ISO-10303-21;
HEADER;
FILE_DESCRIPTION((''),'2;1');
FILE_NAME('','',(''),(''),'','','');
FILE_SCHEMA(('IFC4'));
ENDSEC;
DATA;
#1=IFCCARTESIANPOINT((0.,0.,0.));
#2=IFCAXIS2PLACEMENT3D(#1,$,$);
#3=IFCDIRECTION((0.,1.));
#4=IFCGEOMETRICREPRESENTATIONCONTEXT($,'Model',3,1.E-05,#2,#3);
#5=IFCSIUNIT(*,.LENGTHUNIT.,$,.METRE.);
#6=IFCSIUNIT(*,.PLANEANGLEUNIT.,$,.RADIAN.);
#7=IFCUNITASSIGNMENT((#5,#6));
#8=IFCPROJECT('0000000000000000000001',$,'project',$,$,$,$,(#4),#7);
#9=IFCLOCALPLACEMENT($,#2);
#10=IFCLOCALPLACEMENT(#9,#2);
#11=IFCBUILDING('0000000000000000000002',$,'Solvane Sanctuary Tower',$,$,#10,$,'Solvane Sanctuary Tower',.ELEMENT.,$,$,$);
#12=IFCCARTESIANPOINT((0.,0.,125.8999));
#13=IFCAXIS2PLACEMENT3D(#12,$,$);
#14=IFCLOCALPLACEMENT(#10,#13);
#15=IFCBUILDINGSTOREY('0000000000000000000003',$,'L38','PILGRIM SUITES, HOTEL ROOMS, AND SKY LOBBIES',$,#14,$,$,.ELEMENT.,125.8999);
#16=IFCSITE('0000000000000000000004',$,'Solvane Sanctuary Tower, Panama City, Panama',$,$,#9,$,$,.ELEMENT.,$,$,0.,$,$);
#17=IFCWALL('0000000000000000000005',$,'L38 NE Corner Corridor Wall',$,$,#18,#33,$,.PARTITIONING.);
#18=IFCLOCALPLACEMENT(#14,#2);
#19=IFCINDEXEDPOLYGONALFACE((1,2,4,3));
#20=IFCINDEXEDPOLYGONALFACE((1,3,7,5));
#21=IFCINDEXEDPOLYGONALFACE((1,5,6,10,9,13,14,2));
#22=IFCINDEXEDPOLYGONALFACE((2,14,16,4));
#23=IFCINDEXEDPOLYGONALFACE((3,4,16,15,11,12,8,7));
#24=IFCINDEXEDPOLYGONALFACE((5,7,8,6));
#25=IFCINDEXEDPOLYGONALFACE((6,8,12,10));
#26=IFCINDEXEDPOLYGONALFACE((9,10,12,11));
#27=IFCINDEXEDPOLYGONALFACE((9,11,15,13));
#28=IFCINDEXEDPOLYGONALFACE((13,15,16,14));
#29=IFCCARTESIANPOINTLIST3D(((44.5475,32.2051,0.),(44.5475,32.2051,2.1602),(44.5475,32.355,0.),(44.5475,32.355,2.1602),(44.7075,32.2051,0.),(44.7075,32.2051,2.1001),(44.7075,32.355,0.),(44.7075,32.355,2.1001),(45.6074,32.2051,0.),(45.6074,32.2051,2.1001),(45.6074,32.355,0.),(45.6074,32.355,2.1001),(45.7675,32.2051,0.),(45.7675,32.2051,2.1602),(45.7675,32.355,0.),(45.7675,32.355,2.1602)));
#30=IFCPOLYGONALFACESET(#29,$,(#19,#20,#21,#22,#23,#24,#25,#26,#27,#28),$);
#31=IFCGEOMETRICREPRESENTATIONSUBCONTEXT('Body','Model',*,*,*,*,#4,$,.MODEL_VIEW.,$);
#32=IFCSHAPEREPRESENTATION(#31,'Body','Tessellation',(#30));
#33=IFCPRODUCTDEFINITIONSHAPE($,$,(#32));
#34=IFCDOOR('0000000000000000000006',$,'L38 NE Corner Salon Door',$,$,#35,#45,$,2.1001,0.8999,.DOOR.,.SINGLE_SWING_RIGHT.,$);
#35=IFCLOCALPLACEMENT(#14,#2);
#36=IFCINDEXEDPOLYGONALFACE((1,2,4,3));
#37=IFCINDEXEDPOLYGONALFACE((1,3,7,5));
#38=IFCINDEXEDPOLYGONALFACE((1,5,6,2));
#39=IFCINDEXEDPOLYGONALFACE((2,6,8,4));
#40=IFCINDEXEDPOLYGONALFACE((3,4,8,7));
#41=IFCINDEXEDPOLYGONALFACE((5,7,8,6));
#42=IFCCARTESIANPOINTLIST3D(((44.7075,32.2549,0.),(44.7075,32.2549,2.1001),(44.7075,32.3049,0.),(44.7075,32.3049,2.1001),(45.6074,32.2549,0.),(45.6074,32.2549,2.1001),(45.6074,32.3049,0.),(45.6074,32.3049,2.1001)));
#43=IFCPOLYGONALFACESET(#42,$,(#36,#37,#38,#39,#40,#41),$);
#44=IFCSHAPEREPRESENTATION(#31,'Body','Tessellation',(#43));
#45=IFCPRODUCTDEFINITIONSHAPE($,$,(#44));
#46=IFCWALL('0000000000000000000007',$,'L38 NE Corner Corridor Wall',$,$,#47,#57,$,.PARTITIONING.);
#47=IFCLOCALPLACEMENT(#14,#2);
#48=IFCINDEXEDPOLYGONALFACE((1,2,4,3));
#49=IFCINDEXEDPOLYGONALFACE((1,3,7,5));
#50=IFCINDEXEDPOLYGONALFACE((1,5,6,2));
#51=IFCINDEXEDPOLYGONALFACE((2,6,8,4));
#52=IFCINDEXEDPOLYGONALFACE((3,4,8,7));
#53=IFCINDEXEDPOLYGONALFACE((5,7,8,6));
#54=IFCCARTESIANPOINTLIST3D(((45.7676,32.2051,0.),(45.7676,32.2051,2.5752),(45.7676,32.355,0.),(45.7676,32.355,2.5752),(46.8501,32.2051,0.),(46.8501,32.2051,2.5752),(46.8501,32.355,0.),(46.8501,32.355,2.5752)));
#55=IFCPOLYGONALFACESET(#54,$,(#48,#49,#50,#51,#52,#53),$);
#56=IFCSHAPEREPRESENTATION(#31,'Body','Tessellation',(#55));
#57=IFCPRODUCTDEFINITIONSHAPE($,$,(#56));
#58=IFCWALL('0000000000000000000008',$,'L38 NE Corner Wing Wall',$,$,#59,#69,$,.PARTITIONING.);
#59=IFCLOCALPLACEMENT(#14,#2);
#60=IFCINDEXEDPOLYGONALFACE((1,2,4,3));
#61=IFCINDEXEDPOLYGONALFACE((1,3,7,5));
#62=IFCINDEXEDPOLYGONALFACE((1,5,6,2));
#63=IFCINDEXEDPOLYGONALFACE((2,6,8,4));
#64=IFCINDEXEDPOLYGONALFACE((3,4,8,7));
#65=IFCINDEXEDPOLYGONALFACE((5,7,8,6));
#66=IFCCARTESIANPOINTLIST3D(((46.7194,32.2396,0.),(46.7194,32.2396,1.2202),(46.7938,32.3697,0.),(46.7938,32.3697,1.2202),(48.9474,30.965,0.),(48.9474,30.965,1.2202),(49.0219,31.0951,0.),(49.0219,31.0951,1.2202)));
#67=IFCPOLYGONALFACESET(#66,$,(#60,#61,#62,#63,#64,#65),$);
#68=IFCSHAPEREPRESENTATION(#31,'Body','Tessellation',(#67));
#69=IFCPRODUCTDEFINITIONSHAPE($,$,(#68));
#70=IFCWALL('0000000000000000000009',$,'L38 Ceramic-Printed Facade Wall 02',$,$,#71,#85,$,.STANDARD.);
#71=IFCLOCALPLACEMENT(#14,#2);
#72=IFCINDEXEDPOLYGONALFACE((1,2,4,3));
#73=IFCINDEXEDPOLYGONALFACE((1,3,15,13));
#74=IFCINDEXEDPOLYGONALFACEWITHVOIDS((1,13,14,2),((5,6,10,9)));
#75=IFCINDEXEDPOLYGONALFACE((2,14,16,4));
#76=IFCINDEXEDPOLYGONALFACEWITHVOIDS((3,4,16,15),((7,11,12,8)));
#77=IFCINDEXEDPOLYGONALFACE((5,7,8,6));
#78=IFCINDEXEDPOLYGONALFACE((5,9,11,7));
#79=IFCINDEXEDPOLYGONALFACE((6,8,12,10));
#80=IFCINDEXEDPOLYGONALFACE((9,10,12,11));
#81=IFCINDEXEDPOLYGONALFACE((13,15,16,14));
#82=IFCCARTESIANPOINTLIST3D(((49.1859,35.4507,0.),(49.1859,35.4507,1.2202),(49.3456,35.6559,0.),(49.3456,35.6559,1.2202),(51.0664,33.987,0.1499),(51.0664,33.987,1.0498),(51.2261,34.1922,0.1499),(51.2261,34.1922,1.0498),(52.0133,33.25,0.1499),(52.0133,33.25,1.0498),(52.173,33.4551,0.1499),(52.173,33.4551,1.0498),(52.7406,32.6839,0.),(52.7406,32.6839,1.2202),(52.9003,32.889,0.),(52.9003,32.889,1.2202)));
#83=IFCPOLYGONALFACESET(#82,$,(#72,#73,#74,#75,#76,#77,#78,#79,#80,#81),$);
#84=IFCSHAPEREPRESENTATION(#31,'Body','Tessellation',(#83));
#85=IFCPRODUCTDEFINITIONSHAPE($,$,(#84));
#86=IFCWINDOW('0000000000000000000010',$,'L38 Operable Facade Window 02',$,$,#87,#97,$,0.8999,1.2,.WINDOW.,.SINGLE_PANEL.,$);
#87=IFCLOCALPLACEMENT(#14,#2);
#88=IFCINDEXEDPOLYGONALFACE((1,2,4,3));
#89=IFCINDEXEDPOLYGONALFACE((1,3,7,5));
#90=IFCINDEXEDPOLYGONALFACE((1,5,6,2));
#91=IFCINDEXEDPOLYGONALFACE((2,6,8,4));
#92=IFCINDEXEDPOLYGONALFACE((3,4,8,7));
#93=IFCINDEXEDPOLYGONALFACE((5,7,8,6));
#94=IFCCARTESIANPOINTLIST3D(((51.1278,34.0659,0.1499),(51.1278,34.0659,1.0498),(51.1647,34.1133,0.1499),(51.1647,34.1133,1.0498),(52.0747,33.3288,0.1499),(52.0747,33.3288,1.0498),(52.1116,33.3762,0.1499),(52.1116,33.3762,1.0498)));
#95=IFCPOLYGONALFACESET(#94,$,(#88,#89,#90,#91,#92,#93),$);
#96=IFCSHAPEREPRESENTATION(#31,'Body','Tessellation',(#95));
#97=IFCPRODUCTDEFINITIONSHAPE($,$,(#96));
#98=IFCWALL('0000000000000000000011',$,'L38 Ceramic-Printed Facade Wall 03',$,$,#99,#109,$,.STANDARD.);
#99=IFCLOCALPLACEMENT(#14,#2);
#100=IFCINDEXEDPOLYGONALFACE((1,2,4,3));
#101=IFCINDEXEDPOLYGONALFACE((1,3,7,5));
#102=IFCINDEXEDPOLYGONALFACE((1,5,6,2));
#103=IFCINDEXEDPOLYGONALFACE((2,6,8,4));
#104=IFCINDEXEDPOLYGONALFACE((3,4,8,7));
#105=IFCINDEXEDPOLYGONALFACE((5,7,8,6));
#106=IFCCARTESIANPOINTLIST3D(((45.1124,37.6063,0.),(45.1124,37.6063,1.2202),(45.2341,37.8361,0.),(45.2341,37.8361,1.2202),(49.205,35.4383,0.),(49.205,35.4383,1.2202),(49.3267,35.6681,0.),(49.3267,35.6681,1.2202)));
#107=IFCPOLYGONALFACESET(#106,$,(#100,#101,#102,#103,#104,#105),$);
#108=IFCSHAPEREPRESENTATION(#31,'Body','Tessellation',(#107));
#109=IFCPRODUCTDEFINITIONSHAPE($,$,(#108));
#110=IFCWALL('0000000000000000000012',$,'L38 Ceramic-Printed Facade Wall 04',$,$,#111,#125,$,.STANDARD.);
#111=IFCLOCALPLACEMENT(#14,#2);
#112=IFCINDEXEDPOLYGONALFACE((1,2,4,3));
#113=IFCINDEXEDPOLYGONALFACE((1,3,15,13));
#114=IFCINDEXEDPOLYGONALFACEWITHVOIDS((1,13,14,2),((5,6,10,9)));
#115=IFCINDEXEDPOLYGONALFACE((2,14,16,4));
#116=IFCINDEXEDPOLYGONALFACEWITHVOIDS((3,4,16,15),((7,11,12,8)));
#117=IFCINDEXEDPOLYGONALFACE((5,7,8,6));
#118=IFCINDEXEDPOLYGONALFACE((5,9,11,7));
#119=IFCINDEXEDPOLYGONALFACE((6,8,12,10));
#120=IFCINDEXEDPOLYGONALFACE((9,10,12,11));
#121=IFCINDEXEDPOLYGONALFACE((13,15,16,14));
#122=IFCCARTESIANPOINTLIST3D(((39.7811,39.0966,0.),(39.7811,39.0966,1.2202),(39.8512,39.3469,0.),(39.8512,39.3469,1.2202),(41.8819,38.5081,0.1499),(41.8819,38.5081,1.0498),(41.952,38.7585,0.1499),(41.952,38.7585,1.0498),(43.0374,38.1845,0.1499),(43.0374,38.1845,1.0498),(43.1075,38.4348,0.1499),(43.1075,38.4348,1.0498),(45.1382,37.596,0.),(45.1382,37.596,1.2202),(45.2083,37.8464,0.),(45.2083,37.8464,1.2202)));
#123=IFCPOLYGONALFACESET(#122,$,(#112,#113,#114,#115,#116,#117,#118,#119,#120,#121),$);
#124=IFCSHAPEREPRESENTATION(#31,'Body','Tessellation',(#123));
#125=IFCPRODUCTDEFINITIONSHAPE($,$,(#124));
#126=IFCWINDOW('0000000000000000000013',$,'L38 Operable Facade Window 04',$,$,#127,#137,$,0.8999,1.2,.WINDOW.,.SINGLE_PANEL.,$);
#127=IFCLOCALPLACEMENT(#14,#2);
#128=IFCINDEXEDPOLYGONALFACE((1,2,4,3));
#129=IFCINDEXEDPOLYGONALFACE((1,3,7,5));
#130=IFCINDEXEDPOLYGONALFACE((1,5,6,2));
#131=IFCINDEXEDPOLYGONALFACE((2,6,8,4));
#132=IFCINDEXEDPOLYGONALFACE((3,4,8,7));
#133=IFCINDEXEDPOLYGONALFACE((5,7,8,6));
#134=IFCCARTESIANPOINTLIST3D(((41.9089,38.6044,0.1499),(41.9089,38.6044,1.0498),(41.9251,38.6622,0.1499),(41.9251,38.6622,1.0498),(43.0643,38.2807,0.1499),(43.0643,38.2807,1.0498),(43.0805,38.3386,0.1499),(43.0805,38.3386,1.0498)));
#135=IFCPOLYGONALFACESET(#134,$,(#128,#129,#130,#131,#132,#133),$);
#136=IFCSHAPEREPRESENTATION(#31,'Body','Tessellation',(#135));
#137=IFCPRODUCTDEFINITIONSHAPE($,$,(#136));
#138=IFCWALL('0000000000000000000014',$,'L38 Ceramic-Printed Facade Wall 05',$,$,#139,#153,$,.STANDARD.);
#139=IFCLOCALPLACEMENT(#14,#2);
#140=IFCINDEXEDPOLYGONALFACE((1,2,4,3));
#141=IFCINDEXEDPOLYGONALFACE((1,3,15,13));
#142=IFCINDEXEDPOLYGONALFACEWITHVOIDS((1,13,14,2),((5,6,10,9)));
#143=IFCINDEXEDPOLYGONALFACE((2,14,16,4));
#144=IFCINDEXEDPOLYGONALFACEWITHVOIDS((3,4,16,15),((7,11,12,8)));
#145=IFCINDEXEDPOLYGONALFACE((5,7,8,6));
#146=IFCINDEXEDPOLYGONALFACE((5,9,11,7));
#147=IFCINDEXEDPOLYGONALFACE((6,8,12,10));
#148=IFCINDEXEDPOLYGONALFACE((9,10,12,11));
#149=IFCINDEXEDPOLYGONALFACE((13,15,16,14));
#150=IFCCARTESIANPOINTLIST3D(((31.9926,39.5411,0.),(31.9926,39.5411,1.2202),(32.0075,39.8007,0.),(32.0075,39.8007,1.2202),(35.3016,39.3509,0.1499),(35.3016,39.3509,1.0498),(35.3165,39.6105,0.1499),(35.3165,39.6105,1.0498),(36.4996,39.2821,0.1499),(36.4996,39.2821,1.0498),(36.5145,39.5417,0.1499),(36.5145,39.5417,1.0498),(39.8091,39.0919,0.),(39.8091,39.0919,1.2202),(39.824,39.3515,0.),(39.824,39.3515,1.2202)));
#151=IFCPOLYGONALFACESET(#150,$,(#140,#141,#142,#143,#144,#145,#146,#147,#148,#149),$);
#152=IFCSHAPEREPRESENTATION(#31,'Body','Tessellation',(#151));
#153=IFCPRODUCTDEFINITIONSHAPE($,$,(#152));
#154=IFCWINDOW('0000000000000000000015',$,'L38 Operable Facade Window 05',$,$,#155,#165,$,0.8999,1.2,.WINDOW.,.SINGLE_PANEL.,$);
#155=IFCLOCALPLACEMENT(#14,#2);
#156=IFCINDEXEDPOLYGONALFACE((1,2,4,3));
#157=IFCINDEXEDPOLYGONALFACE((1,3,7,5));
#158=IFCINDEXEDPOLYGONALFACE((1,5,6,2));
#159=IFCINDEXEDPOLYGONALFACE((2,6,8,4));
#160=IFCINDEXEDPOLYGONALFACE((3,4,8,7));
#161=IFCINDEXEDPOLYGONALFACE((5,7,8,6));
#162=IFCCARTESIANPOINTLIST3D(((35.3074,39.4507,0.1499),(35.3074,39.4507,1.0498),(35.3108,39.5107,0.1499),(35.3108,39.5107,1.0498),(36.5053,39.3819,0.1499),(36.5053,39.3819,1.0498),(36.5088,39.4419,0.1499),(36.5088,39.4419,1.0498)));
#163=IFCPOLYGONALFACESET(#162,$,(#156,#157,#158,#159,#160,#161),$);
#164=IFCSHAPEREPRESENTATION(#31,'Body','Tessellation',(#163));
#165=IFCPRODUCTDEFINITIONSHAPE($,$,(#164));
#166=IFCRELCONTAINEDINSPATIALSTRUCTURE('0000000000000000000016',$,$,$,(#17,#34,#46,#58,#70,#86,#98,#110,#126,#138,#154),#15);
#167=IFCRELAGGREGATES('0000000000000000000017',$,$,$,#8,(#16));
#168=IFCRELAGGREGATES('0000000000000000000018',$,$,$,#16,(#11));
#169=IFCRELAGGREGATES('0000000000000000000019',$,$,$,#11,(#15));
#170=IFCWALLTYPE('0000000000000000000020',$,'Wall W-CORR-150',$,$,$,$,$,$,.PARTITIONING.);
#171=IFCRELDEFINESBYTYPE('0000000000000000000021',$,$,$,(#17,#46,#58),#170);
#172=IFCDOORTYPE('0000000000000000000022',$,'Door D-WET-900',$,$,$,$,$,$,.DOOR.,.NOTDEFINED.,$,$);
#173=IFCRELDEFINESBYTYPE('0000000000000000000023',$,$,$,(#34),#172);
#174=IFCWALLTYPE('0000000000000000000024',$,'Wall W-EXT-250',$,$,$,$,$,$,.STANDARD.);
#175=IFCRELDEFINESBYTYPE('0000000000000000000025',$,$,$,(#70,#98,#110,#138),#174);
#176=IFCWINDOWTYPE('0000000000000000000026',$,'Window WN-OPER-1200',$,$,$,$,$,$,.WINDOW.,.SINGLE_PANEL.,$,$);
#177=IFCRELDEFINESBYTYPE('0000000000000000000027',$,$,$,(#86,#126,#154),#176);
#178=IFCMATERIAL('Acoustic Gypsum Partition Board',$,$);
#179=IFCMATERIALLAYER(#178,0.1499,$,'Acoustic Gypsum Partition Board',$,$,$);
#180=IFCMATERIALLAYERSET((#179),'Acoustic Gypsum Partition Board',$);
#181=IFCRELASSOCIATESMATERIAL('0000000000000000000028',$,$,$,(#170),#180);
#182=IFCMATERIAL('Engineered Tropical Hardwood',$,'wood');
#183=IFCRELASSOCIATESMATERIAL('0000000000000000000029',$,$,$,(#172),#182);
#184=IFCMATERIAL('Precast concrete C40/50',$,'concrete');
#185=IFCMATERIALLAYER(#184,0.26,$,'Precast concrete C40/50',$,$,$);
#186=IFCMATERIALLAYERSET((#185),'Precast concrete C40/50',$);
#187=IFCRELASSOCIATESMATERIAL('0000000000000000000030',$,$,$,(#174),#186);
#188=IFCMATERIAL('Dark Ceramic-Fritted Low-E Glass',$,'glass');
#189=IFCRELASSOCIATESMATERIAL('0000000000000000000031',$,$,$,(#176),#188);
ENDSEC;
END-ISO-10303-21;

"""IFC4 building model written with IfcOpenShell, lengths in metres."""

from ifc_helpers import new_model, si_unit, direction, frame, frame_2d, origin, place, context, subcontext, project, spatial, rectangle, extrude, material, layer, layer_set, type_object, element, fill, save


model = new_model("IFC4")

# Units and contexts
model_context = context("Model", 3, precision=1e-05, world=origin(), true_north=direction((0.0, 1.0)))
body_context = subcontext(model_context, "Body", "Model", "MODEL_VIEW")
ifc_project = project(units=[si_unit("LENGTHUNIT", "METRE"), si_unit("PLANEANGLEUNIT", "RADIAN")], contexts=[model_context])

# Site, building, storey
site_placement = place(None, origin())
site = spatial("IfcSite", under=ifc_project, at=site_placement, Name="Solvane Sanctuary Tower, Panama City, Panama", CompositionType="ELEMENT", RefElevation=0.0)
building_placement = place(site_placement, origin())
building = spatial("IfcBuilding", under=site, at=building_placement, Name="Solvane Sanctuary Tower", LongName="Solvane Sanctuary Tower", CompositionType="ELEMENT")
storey_placement = place(building_placement, frame((0.0, 0.0, 125.8999)))
storey = spatial("IfcBuildingStorey", under=building, at=storey_placement, Name="L38", Description="PILGRIM SUITES, HOTEL ROOMS, AND SKY LOBBIES", CompositionType="ELEMENT", Elevation=125.8999)

# Wall, opening, door
ifc_material_1 = material(Name="Acoustic Gypsum Partition Board")
ifc_layer_1 = layer(ifc_material_1, 0.1499, Name="Acoustic Gypsum Partition Board")
ifc_layer_set_1 = layer_set([ifc_layer_1], Name="Acoustic Gypsum Partition Board")
wall_type_1 = type_object("IfcWallType", Name="Wall W-CORR-150", PredefinedType="PARTITIONING", material=ifc_layer_set_1)
wall_1_placement = place(storey_placement, frame((44.5476, 32.28, 0.0), z_axis=(0.0, 0.0, 1.0), x_axis=(1.0, 0.0, 0.0)))
wall_1 = element("IfcWall", 1, at=wall_1_placement, inside=storey, type_object=wall_type_1, Name="L38 NE Corner Corridor Wall", PredefinedType="PARTITIONING", context=body_context, shape_type="SweptSolid", body=[
    extrude(rectangle(XDim=1.22, YDim=0.1499, at=frame_2d((0.6099, 0.0))), origin(), (0.0, 0.0, 1.0), 2.1602),
])
opening_1_placement = place(wall_1_placement, frame((0.1599, 0.0, 0.0)))
opening_1 = element("IfcOpeningElement", 2, at=opening_1_placement, cuts=wall_1, PredefinedType="OPENING", context=body_context, shape_type="SweptSolid", body=[
    extrude(rectangle(XDim=0.8999, YDim=2.1001, at=frame_2d((0.45, 1.05))), frame((0.0, 0.085, 0.0), z_axis=(0.0, -1.0, 0.0), x_axis=(1.0, 0.0, 0.0)), (0.0, 0.0, 1.0), 0.1699),
])
ifc_material_2 = material(Name="Engineered Tropical Hardwood", Category="wood")
door_type_1 = type_object("IfcDoorType", Name="Door D-WET-900", OperationType="NOTDEFINED", PredefinedType="DOOR", material=ifc_material_2)
door_1_placement = place(opening_1_placement, origin())
door_1 = element("IfcDoor", 3, at=door_1_placement, inside=storey, type_object=door_type_1, Name="L38 NE Corner Salon Door", OperationType="SINGLE_SWING_RIGHT", OverallHeight=2.1001, OverallWidth=0.8999, PredefinedType="DOOR", context=body_context, shape_type="SweptSolid", body=[
    extrude(rectangle(XDim=0.8999, YDim=2.1001, at=frame_2d((0.45, 1.05))), frame((0.0, 0.0249, 0.0), z_axis=(0.0, -1.0, 0.0), x_axis=(1.0, 0.0, 0.0)), (0.0, 0.0, 1.0), 0.05),
])
fill(opening_1, door_1)

# Walls
wall_2_placement = place(storey_placement, frame((45.7676, 32.28, 0.0), z_axis=(0.0, 0.0, 1.0), x_axis=(1.0, 0.0, 0.0)))
element("IfcWall", 4, at=wall_2_placement, inside=storey, type_object=wall_type_1, Name="L38 NE Corner Corridor Wall", PredefinedType="PARTITIONING", context=body_context, shape_type="SweptSolid", body=[
    extrude(rectangle(XDim=1.0825, YDim=0.1499, at=frame_2d((0.5413, 0.0))), origin(), (0.0, 0.0, 1.0), 2.5752),
])
wall_3_placement = place(storey_placement, frame((46.7566, 32.3047, 0.0), z_axis=(0.0, 0.0, 1.0), x_axis=(0.867991, -0.496579, 0.0)))
element("IfcWall", 5, at=wall_3_placement, inside=storey, type_object=wall_type_1, Name="L38 NE Corner Wing Wall", PredefinedType="PARTITIONING", context=body_context, shape_type="SweptSolid", body=[
    extrude(rectangle(XDim=2.5669, YDim=0.1499, at=frame_2d((1.2834, 0.0))), origin(), (0.0, 0.0, 1.0), 1.2202),
])

# Wall, opening, window
ifc_material_3 = material(Name="Precast concrete C40/50", Category="concrete")
ifc_layer_2 = layer(ifc_material_3, 0.26, Name="Precast concrete C40/50")
ifc_layer_set_2 = layer_set([ifc_layer_2], Name="Precast concrete C40/50")
wall_type_2 = type_object("IfcWallType", Name="Wall W-EXT-250", PredefinedType="STANDARD", material=ifc_layer_set_2)
wall_4_placement = place(storey_placement, frame((52.8206, 32.7864, 0.0), z_axis=(0.0, 0.0, 1.0), x_axis=(-0.789127, 0.614229, 0.0)))
wall_4 = element("IfcWall", 6, at=wall_4_placement, inside=storey, type_object=wall_type_2, Name="L38 Ceramic-Printed Facade Wall 02", PredefinedType="STANDARD", context=body_context, shape_type="SweptSolid", body=[
    extrude(rectangle(XDim=4.5046, YDim=0.26, at=frame_2d((2.2524, 0.0))), origin(), (0.0, 0.0, 1.0), 1.2202),
])
opening_2_placement = place(wall_4_placement, frame((0.9216, 0.0, 0.1499)))
opening_2 = element("IfcOpeningElement", 7, at=opening_2_placement, cuts=wall_4, PredefinedType="OPENING", context=body_context, shape_type="SweptSolid", body=[
    extrude(rectangle(XDim=1.2, YDim=0.8999, at=frame_2d((0.6001, 0.45))), frame((0.0, 0.1399, 0.0), z_axis=(0.0, -1.0, 0.0), x_axis=(1.0, 0.0, 0.0)), (0.0, 0.0, 1.0), 0.28),
])
ifc_material_4 = material(Name="Dark Ceramic-Fritted Low-E Glass", Category="glass")
window_type = type_object("IfcWindowType", Name="Window WN-OPER-1200", PartitioningType="SINGLE_PANEL", PredefinedType="WINDOW", material=ifc_material_4)
window_1_placement = place(opening_2_placement, origin())
window_1 = element("IfcWindow", 8, at=window_1_placement, inside=storey, type_object=window_type, Name="L38 Operable Facade Window 02", OverallHeight=0.8999, OverallWidth=1.2, PartitioningType="SINGLE_PANEL", PredefinedType="WINDOW", context=body_context, shape_type="SweptSolid", body=[
    extrude(rectangle(XDim=1.2, YDim=0.8999, at=frame_2d((0.6001, 0.45))), frame((0.0, 0.03, 0.0), z_axis=(0.0, -1.0, 0.0), x_axis=(1.0, 0.0, 0.0)), (0.0, 0.0, 1.0), 0.0601),
])
fill(opening_2, window_1)

# Wall
wall_5_placement = place(storey_placement, frame((49.2659, 35.5532, 0.0), z_axis=(0.0, 0.0, 1.0), x_axis=(-0.883669, 0.468113, 0.0)))
element("IfcWall", 9, at=wall_5_placement, inside=storey, type_object=wall_type_2, Name="L38 Ceramic-Printed Facade Wall 03", PredefinedType="STANDARD", context=body_context, shape_type="SweptSolid", body=[
    extrude(rectangle(XDim=4.6313, YDim=0.26, at=frame_2d((2.3157, 0.0))), origin(), (0.0, 0.0, 1.0), 1.2202),
])

# Walls, openings, windows
wall_6_placement = place(storey_placement, frame((45.1733, 37.7212, 0.0), z_axis=(0.0, 0.0, 1.0), x_axis=(-0.962938, 0.269721, 0.0)))
wall_6 = element("IfcWall", 10, at=wall_6_placement, inside=storey, type_object=wall_type_2, Name="L38 Ceramic-Printed Facade Wall 04", PredefinedType="STANDARD", context=body_context, shape_type="SweptSolid", body=[
    extrude(rectangle(XDim=5.5632, YDim=0.26, at=frame_2d((2.7817, 0.0))), origin(), (0.0, 0.0, 1.0), 1.2202),
])
opening_3_placement = place(wall_6_placement, frame((2.1816, 0.0, 0.1499)))
opening_3 = element("IfcOpeningElement", 11, at=opening_3_placement, cuts=wall_6, PredefinedType="OPENING", context=body_context, shape_type="SweptSolid", body=[
    extrude(rectangle(XDim=1.2, YDim=0.8999, at=frame_2d((0.6001, 0.45))), frame((0.0, 0.1399, 0.0), z_axis=(0.0, -1.0, 0.0), x_axis=(1.0, 0.0, 0.0)), (0.0, 0.0, 1.0), 0.28),
])
window_2_placement = place(opening_3_placement, origin())
window_2 = element("IfcWindow", 12, at=window_2_placement, inside=storey, type_object=window_type, Name="L38 Operable Facade Window 04", OverallHeight=0.8999, OverallWidth=1.2, PartitioningType="SINGLE_PANEL", PredefinedType="WINDOW", context=body_context, shape_type="SweptSolid", body=[
    extrude(rectangle(XDim=1.2, YDim=0.8999, at=frame_2d((0.6001, 0.45))), frame((0.0, 0.03, 0.0), z_axis=(0.0, -1.0, 0.0), x_axis=(1.0, 0.0, 0.0)), (0.0, 0.0, 1.0), 0.0601),
])
fill(opening_3, window_2)
wall_7_placement = place(storey_placement, frame((39.8164, 39.2217, 0.0), z_axis=(0.0, 0.0, 1.0), x_axis=(-0.998353, 0.057377, 0.0)))
wall_7 = element("IfcWall", 13, at=wall_7_placement, inside=storey, type_object=wall_type_2, Name="L38 Ceramic-Printed Facade Wall 05", PredefinedType="STANDARD", context=body_context, shape_type="SweptSolid", body=[
    extrude(rectangle(XDim=7.8293, YDim=0.26, at=frame_2d((3.9146, 0.0))), origin(), (0.0, 0.0, 1.0), 1.2202),
])
opening_4_placement = place(wall_7_placement, frame((3.3147, 0.0, 0.1499)))
opening_4 = element("IfcOpeningElement", 14, at=opening_4_placement, cuts=wall_7, PredefinedType="OPENING", context=body_context, shape_type="SweptSolid", body=[
    extrude(rectangle(XDim=1.2, YDim=0.8999, at=frame_2d((0.6001, 0.45))), frame((0.0, 0.1399, 0.0), z_axis=(0.0, -1.0, 0.0), x_axis=(1.0, 0.0, 0.0)), (0.0, 0.0, 1.0), 0.28),
])
window_3_placement = place(opening_4_placement, origin())
window_3 = element("IfcWindow", 15, at=window_3_placement, inside=storey, type_object=window_type, Name="L38 Operable Facade Window 05", OverallHeight=0.8999, OverallWidth=1.2, PartitioningType="SINGLE_PANEL", PredefinedType="WINDOW", context=body_context, shape_type="SweptSolid", body=[
    extrude(rectangle(XDim=1.2, YDim=0.8999, at=frame_2d((0.6001, 0.45))), frame((0.0, 0.03, 0.0), z_axis=(0.0, -1.0, 0.0), x_axis=(1.0, 0.0, 0.0)), (0.0, 0.0, 1.0), 0.0601),
])
fill(opening_4, window_3)

save(model, "model.ifc")
